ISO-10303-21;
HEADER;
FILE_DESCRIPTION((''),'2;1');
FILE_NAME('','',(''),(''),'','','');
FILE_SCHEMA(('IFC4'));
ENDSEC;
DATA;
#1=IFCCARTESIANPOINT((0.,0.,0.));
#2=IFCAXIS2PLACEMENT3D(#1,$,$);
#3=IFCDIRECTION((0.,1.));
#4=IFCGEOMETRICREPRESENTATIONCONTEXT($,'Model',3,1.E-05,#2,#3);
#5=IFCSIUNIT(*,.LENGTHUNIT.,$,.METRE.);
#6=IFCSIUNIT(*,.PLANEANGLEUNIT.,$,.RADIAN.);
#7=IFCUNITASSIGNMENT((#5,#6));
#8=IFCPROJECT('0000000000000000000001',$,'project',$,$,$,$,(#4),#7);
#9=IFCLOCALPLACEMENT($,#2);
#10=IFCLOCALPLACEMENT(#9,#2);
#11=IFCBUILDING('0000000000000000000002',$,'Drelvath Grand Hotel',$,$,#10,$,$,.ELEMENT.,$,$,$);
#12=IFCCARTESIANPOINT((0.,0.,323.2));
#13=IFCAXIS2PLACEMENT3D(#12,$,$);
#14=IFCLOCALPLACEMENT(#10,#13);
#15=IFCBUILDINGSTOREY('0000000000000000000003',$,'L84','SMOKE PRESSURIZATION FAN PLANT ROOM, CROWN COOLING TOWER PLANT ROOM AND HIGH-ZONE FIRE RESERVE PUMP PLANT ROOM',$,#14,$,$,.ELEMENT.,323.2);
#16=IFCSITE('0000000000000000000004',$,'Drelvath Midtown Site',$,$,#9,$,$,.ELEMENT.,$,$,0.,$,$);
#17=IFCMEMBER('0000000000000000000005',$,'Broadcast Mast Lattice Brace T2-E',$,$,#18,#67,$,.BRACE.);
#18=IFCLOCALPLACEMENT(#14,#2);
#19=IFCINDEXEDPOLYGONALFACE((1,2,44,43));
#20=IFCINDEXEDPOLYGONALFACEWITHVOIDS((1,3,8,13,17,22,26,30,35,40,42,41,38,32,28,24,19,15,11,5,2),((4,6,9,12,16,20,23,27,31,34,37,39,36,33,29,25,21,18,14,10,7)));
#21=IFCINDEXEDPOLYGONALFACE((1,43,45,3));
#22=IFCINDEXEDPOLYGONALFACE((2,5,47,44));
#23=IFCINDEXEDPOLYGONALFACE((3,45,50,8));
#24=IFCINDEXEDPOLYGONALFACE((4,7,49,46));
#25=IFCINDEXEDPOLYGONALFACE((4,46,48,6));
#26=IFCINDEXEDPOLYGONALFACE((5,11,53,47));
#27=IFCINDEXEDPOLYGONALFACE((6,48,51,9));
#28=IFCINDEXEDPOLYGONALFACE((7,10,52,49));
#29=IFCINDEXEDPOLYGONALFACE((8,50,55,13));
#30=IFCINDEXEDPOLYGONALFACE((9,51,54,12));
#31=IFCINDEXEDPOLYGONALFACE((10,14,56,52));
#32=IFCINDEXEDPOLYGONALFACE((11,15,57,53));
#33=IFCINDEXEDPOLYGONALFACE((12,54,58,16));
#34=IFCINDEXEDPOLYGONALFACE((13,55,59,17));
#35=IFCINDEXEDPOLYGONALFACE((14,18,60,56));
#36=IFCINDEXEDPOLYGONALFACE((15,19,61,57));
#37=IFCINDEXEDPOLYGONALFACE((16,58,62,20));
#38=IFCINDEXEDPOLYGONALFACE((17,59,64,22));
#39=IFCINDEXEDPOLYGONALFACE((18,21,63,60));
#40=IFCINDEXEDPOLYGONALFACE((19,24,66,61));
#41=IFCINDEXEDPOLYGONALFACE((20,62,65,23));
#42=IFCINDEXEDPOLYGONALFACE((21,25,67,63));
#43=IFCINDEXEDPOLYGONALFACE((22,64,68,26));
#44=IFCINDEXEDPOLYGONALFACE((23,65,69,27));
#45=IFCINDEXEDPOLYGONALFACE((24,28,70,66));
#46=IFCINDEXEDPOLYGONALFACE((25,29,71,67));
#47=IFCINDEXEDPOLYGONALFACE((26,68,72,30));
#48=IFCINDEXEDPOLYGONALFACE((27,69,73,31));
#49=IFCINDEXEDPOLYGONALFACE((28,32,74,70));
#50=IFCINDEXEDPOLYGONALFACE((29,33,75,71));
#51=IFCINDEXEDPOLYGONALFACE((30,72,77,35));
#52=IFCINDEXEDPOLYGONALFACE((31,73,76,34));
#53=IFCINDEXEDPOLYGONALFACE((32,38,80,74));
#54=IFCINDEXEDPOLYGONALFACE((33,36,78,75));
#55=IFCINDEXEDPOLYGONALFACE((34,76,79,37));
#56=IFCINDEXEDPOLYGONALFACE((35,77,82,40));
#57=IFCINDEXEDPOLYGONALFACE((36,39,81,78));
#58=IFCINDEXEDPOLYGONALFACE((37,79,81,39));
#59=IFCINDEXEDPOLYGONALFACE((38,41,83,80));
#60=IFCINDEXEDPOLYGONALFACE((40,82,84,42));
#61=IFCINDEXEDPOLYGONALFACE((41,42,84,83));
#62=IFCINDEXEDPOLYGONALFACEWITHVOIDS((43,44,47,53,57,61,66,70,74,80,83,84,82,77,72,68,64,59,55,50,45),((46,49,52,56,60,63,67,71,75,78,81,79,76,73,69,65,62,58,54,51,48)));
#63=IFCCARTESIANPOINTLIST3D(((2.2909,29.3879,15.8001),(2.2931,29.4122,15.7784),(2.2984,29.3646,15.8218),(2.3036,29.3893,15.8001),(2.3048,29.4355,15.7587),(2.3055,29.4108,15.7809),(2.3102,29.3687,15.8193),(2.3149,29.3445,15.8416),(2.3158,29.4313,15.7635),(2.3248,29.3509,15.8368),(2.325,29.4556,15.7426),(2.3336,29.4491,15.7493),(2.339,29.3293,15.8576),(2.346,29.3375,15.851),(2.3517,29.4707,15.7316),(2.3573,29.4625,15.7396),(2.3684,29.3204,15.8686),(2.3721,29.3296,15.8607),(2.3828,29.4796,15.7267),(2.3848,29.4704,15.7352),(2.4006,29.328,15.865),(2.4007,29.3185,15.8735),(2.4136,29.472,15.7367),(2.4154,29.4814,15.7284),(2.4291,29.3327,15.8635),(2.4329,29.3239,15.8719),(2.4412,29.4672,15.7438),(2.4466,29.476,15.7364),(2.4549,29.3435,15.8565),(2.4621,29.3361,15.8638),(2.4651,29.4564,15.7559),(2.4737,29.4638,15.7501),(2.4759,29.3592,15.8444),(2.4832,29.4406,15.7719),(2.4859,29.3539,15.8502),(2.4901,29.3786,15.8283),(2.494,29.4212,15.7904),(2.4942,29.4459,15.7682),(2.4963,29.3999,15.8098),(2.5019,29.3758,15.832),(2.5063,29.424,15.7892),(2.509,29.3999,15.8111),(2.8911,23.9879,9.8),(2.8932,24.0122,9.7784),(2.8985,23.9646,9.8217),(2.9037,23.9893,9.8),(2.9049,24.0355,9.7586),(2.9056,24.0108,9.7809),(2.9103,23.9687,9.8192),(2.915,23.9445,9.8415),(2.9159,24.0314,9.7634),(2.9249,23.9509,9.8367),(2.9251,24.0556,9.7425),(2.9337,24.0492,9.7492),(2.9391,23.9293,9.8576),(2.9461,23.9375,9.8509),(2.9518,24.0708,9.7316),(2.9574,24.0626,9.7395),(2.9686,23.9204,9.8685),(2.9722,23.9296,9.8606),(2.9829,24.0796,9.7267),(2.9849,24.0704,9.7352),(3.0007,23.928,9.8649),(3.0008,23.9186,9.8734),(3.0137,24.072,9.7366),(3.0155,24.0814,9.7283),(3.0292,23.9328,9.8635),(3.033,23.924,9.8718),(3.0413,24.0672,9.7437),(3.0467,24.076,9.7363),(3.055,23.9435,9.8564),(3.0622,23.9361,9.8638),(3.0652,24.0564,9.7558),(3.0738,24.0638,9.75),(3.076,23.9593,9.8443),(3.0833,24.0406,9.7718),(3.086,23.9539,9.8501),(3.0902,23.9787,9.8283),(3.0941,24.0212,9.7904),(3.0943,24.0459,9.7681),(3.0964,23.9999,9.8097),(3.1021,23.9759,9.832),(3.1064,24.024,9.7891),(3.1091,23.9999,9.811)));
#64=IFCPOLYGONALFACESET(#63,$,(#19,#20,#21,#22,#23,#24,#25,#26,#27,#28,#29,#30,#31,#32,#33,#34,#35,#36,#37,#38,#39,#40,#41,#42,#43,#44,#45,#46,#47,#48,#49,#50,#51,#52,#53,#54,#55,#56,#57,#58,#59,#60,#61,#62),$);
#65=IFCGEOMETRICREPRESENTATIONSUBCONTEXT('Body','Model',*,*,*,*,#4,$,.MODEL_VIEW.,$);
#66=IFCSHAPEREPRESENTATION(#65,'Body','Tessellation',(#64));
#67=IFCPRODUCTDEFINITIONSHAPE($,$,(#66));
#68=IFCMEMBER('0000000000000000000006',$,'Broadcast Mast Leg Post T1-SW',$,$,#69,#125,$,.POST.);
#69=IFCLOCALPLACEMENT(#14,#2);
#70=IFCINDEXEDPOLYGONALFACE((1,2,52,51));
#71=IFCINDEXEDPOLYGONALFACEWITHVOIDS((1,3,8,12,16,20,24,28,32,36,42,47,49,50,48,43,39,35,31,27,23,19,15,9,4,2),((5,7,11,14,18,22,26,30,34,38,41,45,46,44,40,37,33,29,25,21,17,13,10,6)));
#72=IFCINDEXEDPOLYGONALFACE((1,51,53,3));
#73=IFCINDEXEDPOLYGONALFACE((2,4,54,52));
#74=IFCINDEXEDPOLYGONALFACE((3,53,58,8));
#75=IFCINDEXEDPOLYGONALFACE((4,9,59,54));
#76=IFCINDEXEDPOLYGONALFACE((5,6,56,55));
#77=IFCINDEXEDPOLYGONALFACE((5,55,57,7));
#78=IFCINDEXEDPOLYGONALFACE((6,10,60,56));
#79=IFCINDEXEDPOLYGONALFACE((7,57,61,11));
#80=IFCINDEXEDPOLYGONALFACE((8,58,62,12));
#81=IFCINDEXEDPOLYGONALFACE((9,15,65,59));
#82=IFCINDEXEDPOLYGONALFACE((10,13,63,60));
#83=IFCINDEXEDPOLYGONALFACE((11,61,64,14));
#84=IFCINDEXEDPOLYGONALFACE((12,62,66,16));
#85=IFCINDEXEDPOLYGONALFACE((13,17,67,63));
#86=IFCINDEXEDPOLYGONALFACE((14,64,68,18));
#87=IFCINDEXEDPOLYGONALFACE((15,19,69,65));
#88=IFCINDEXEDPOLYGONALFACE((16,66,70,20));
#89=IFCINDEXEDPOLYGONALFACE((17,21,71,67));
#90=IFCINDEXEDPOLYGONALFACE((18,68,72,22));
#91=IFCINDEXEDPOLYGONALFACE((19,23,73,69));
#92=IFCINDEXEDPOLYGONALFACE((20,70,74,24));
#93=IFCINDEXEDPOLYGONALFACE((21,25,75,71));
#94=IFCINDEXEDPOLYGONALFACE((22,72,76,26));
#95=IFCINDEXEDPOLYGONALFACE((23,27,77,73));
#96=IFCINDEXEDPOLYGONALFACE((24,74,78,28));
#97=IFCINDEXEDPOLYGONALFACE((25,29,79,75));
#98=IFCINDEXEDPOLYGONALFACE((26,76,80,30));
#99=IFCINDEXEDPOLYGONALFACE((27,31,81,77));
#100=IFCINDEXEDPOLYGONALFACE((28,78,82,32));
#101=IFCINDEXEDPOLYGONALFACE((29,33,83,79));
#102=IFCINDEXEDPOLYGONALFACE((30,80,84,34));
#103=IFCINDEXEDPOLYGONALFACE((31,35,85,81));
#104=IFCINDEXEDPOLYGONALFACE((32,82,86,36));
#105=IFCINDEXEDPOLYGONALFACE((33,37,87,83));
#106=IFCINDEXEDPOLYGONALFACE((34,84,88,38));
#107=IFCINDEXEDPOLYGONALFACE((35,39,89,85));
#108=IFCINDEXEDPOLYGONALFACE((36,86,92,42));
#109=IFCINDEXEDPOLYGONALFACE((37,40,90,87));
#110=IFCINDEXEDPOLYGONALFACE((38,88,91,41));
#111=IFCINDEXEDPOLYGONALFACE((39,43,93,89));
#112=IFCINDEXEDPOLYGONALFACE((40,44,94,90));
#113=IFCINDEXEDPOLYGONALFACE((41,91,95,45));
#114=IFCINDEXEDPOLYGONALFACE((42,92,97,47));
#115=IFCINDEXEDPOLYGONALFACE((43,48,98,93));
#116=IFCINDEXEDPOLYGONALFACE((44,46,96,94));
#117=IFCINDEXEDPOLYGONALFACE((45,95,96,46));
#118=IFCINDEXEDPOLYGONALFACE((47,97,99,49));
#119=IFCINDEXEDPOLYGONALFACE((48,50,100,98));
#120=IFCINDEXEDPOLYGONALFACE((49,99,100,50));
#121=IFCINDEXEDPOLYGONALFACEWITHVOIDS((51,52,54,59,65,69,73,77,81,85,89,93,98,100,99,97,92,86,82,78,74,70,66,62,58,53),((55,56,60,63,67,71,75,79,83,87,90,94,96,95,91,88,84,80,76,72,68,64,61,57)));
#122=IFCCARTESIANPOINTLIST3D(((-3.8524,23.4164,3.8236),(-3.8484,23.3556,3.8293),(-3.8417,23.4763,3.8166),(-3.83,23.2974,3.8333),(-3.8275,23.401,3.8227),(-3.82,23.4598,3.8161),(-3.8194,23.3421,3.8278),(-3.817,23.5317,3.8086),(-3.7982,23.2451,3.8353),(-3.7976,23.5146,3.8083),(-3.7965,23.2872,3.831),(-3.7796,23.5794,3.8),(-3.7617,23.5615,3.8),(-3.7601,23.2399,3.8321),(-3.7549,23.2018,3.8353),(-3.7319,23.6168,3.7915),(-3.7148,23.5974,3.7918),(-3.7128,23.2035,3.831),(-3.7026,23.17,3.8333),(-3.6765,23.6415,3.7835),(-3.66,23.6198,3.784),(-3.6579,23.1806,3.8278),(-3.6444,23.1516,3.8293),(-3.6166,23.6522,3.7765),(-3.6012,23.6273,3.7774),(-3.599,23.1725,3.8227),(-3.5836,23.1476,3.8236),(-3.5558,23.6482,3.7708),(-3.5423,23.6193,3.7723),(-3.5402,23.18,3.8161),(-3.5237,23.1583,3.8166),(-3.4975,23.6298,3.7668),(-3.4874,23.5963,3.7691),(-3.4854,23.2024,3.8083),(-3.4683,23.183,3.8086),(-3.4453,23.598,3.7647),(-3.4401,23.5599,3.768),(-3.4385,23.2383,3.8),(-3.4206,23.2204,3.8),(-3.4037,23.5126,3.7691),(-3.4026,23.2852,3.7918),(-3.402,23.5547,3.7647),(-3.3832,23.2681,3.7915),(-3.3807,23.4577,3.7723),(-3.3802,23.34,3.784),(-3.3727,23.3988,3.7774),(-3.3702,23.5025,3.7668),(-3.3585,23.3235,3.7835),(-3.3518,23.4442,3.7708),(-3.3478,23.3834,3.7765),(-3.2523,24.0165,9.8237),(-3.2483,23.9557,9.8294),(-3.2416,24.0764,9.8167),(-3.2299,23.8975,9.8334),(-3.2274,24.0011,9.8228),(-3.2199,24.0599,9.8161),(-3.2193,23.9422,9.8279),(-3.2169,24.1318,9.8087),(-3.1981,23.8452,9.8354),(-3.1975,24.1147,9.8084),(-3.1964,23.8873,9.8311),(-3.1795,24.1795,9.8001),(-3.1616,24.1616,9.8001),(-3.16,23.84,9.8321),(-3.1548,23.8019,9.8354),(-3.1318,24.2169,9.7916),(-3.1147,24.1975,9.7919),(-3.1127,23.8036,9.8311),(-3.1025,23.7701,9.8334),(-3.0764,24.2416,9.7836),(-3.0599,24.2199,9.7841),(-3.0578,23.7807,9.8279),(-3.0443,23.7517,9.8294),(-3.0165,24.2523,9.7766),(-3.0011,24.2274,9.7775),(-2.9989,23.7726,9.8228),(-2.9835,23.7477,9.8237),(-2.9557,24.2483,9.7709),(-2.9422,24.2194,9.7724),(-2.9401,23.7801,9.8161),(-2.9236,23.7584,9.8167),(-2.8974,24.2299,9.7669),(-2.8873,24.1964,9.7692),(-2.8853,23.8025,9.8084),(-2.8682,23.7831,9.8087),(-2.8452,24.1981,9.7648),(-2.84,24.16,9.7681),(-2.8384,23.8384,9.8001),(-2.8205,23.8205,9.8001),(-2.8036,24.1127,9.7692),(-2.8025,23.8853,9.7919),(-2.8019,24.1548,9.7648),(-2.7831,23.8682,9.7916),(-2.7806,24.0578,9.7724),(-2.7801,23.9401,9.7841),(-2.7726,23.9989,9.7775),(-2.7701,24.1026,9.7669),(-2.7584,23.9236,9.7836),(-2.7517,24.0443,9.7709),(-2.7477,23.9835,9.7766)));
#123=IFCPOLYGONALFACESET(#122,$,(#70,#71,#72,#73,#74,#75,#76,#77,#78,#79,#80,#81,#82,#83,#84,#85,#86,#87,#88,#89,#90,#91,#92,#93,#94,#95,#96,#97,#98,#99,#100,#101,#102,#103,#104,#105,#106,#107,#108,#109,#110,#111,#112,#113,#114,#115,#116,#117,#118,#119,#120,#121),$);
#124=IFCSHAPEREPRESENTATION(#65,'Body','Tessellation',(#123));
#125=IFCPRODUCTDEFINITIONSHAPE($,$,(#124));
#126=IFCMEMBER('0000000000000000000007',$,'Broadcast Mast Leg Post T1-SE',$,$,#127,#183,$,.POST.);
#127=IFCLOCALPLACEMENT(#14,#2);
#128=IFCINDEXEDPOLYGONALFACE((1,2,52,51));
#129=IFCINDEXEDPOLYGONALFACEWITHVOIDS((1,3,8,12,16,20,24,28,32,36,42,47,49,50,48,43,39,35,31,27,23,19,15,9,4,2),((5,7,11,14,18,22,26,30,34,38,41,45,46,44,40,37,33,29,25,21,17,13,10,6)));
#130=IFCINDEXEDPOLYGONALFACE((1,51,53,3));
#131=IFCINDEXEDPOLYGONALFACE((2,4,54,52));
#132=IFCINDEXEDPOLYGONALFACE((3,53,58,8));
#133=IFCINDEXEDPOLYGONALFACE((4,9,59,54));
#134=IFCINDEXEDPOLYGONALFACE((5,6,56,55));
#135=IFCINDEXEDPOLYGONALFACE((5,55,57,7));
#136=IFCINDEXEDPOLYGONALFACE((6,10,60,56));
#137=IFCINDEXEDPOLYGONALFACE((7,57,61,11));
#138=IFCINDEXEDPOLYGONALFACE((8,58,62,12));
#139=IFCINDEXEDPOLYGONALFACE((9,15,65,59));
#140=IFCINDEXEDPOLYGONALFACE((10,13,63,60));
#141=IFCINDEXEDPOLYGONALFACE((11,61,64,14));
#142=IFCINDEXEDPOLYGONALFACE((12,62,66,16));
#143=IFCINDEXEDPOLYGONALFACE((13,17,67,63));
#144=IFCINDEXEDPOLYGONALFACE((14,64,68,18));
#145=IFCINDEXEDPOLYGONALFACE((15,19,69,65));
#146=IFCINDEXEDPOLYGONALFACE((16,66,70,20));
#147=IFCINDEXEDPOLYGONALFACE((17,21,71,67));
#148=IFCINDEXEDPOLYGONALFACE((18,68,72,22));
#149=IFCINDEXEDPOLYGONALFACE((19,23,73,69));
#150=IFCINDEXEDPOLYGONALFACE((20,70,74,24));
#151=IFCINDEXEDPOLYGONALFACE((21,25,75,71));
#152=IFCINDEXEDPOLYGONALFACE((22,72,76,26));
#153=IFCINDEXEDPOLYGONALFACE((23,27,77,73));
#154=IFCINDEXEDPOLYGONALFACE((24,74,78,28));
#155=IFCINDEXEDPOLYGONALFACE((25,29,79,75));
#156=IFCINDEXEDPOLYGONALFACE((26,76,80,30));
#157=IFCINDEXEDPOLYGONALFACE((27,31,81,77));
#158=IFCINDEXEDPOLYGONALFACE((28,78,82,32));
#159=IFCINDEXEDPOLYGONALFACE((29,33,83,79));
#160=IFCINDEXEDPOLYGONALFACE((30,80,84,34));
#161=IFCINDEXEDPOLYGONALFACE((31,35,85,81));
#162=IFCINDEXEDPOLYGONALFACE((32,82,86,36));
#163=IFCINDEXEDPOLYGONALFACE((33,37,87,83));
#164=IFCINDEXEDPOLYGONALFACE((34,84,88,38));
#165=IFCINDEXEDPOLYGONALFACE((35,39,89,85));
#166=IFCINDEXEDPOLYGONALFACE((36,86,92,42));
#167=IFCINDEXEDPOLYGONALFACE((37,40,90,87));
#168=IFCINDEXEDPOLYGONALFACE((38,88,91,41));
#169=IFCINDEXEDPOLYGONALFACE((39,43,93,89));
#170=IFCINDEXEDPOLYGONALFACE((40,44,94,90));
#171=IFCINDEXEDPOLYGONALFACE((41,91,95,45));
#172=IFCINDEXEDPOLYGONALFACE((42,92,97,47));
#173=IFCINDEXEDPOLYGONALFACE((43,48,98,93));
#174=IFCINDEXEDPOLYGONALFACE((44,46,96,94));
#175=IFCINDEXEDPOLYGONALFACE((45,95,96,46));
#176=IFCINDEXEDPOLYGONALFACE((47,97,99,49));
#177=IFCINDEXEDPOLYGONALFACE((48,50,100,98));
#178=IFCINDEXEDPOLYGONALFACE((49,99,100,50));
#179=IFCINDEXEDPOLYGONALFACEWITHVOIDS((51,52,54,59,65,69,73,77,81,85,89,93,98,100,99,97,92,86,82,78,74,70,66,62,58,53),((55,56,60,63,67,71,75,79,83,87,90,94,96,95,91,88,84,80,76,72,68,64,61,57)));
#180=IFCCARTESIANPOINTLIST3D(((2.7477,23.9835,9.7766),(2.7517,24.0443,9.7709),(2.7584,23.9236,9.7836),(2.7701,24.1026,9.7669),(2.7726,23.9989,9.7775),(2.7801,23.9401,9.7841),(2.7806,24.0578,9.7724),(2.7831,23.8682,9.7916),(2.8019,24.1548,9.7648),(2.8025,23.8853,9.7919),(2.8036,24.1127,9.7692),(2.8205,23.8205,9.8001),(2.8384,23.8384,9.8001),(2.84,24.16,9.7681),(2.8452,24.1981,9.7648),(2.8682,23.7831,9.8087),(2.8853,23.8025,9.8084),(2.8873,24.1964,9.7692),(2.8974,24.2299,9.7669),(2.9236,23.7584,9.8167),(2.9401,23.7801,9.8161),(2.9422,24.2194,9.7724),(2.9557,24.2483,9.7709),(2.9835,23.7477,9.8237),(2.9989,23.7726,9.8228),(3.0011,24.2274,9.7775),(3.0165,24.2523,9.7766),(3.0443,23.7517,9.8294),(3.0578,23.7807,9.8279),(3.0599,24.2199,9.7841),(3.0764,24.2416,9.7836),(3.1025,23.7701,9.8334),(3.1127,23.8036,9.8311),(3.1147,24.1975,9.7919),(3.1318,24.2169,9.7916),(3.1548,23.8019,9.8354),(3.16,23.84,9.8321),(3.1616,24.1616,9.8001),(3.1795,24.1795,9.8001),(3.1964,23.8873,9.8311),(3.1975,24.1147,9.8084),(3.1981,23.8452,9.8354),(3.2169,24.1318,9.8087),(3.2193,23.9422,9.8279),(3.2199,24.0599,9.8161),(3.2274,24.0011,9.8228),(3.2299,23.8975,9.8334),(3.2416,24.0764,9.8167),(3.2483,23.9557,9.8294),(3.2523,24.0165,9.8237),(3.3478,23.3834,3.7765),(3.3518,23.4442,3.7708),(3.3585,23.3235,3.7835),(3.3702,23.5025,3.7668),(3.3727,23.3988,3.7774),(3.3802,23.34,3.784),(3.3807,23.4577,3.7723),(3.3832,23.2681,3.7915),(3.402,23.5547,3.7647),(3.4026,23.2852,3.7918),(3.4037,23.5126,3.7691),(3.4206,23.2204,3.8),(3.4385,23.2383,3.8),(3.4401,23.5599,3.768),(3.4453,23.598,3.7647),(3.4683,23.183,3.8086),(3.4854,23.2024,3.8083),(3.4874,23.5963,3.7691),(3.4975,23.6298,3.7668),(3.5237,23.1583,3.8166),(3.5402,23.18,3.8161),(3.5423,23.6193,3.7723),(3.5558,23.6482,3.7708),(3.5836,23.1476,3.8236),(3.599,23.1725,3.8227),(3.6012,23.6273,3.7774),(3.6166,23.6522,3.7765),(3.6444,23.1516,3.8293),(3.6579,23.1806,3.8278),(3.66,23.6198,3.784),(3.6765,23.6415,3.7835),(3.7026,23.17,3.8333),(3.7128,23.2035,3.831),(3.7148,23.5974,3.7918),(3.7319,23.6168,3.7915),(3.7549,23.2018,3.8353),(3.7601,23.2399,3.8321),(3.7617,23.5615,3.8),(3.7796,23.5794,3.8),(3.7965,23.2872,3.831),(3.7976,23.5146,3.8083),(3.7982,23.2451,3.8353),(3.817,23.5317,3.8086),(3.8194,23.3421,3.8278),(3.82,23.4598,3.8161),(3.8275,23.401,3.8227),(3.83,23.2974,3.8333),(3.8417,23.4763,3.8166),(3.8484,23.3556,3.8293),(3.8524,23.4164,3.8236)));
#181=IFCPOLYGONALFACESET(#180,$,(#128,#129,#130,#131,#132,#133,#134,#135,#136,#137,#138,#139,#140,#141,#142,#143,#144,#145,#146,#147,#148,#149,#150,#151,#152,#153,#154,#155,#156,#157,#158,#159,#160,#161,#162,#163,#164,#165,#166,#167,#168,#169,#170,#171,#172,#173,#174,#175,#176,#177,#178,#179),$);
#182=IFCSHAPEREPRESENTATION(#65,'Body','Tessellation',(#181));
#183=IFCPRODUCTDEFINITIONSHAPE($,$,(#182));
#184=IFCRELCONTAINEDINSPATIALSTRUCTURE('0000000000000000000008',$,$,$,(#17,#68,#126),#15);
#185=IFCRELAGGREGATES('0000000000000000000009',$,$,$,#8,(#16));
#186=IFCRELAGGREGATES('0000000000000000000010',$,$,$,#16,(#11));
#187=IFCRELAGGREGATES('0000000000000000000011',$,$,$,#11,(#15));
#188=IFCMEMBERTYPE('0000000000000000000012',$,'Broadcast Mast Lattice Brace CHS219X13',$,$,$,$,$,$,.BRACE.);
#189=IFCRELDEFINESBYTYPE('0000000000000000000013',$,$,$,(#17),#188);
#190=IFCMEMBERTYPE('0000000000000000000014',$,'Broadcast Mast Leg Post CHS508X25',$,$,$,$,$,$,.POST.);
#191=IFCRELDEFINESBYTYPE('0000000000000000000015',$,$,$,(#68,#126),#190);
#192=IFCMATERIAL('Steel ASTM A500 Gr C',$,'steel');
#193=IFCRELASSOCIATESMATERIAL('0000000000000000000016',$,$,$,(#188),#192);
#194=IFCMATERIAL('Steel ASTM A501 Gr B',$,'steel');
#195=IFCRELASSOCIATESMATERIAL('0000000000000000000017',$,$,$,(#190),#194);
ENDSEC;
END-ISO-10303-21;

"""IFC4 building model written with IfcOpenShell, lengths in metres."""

from ifc_helpers import new_model, si_unit, direction, frame, origin, origin_2d, place, context, subcontext, project, spatial, hollow_circle, extrude, material, material_profile, profile_set, type_object, element, save


model = new_model("IFC4")

# Units and contexts
model_context = context("Model", 3, precision=1e-05, world=origin(), true_north=direction((0.0, 1.0)))
body_context = subcontext(model_context, "Body", "Model", "MODEL_VIEW")
ifc_project = project(units=[si_unit("LENGTHUNIT", "METRE"), si_unit("PLANEANGLEUNIT", "RADIAN")], contexts=[model_context])

# Site, building, storey
site_placement = place(None, origin())
site = spatial("IfcSite", under=ifc_project, at=site_placement, Name="Drelvath Midtown Site", CompositionType="ELEMENT", RefElevation=0.0)
building_placement = place(site_placement, origin())
building = spatial("IfcBuilding", under=site, at=building_placement, Name="Drelvath Grand Hotel", CompositionType="ELEMENT")
storey_placement = place(building_placement, frame((0.0, 0.0, 323.2)))
storey = spatial("IfcBuildingStorey", under=building, at=storey_placement, Name="L84", Description="SMOKE PRESSURIZATION FAN PLANT ROOM, CROWN COOLING TOWER PLANT ROOM AND HIGH-ZONE FIRE RESERVE PUMP PLANT ROOM", CompositionType="ELEMENT", Elevation=323.2)

# Members
ifc_material_1 = material(Name="Steel ASTM A500 Gr C", Category="steel")
ifc_material_profile_1 = material_profile(ifc_material_1, hollow_circle(Radius=0.1096, WallThickness=0.0127, at=origin_2d()), Name="CHS219X13")
ifc_profile_set_1 = profile_set([ifc_material_profile_1], Name="Steel ASTM A500 Gr C")
member_type_1 = type_object("IfcMemberType", Name="Broadcast Mast Lattice Brace CHS219X13", PredefinedType="BRACE", material=ifc_profile_set_1)
for number, where, z_axis, x_axis, name in (
    (1, (3.0, 24.0, 9.8), (-0.074138, 0.667117, 0.741255), (-0.993882, -0.110451, 0.0), "Broadcast Mast Lattice Brace T2-E"),
):
    element("IfcMember", number, at=place(storey_placement, frame(where, z_axis=z_axis, x_axis=x_axis)), inside=storey, type_object=member_type_1, Name=name, PredefinedType="BRACE", context=body_context, shape_type="SweptSolid", body=[
        extrude(hollow_circle(Radius=0.1096, WallThickness=0.0127, at=origin_2d()), origin(), (0.0, 0.0, 1.0), 8.0945),
    ])
ifc_material_2 = material(Name="Steel ASTM A501 Gr B", Category="steel")
ifc_material_profile_2 = material_profile(ifc_material_2, hollow_circle(Radius=0.2539, WallThickness=0.0254, at=origin_2d()), Name="CHS508X25")
ifc_profile_set_2 = profile_set([ifc_material_profile_2], Name="Steel ASTM A501 Gr B")
member_type_2 = type_object("IfcMemberType", Name="Broadcast Mast Leg Post CHS508X25", PredefinedType="POST", material=ifc_profile_set_2)
for number, where, z_axis, x_axis, name in (
    (2, (-3.6001, 23.3999, 3.8), (0.099031, 0.099031, 0.990144), (-0.707107, 0.707107, 0.0), "Broadcast Mast Leg Post T1-SW"),
    (3, (3.6001, 23.3999, 3.8), (-0.099031, 0.099031, 0.990144), (-0.707107, -0.707107, 0.0), "Broadcast Mast Leg Post T1-SE"),
):
    element("IfcMember", number, at=place(storey_placement, frame(where, z_axis=z_axis, x_axis=x_axis)), inside=storey, type_object=member_type_2, Name=name, PredefinedType="POST", context=body_context, shape_type="SweptSolid", body=[
        extrude(hollow_circle(Radius=0.2539, WallThickness=0.0254, at=origin_2d()), origin(), (0.0, 0.0, 1.0), 6.0598),
    ])

save(model, "model.ifc")
